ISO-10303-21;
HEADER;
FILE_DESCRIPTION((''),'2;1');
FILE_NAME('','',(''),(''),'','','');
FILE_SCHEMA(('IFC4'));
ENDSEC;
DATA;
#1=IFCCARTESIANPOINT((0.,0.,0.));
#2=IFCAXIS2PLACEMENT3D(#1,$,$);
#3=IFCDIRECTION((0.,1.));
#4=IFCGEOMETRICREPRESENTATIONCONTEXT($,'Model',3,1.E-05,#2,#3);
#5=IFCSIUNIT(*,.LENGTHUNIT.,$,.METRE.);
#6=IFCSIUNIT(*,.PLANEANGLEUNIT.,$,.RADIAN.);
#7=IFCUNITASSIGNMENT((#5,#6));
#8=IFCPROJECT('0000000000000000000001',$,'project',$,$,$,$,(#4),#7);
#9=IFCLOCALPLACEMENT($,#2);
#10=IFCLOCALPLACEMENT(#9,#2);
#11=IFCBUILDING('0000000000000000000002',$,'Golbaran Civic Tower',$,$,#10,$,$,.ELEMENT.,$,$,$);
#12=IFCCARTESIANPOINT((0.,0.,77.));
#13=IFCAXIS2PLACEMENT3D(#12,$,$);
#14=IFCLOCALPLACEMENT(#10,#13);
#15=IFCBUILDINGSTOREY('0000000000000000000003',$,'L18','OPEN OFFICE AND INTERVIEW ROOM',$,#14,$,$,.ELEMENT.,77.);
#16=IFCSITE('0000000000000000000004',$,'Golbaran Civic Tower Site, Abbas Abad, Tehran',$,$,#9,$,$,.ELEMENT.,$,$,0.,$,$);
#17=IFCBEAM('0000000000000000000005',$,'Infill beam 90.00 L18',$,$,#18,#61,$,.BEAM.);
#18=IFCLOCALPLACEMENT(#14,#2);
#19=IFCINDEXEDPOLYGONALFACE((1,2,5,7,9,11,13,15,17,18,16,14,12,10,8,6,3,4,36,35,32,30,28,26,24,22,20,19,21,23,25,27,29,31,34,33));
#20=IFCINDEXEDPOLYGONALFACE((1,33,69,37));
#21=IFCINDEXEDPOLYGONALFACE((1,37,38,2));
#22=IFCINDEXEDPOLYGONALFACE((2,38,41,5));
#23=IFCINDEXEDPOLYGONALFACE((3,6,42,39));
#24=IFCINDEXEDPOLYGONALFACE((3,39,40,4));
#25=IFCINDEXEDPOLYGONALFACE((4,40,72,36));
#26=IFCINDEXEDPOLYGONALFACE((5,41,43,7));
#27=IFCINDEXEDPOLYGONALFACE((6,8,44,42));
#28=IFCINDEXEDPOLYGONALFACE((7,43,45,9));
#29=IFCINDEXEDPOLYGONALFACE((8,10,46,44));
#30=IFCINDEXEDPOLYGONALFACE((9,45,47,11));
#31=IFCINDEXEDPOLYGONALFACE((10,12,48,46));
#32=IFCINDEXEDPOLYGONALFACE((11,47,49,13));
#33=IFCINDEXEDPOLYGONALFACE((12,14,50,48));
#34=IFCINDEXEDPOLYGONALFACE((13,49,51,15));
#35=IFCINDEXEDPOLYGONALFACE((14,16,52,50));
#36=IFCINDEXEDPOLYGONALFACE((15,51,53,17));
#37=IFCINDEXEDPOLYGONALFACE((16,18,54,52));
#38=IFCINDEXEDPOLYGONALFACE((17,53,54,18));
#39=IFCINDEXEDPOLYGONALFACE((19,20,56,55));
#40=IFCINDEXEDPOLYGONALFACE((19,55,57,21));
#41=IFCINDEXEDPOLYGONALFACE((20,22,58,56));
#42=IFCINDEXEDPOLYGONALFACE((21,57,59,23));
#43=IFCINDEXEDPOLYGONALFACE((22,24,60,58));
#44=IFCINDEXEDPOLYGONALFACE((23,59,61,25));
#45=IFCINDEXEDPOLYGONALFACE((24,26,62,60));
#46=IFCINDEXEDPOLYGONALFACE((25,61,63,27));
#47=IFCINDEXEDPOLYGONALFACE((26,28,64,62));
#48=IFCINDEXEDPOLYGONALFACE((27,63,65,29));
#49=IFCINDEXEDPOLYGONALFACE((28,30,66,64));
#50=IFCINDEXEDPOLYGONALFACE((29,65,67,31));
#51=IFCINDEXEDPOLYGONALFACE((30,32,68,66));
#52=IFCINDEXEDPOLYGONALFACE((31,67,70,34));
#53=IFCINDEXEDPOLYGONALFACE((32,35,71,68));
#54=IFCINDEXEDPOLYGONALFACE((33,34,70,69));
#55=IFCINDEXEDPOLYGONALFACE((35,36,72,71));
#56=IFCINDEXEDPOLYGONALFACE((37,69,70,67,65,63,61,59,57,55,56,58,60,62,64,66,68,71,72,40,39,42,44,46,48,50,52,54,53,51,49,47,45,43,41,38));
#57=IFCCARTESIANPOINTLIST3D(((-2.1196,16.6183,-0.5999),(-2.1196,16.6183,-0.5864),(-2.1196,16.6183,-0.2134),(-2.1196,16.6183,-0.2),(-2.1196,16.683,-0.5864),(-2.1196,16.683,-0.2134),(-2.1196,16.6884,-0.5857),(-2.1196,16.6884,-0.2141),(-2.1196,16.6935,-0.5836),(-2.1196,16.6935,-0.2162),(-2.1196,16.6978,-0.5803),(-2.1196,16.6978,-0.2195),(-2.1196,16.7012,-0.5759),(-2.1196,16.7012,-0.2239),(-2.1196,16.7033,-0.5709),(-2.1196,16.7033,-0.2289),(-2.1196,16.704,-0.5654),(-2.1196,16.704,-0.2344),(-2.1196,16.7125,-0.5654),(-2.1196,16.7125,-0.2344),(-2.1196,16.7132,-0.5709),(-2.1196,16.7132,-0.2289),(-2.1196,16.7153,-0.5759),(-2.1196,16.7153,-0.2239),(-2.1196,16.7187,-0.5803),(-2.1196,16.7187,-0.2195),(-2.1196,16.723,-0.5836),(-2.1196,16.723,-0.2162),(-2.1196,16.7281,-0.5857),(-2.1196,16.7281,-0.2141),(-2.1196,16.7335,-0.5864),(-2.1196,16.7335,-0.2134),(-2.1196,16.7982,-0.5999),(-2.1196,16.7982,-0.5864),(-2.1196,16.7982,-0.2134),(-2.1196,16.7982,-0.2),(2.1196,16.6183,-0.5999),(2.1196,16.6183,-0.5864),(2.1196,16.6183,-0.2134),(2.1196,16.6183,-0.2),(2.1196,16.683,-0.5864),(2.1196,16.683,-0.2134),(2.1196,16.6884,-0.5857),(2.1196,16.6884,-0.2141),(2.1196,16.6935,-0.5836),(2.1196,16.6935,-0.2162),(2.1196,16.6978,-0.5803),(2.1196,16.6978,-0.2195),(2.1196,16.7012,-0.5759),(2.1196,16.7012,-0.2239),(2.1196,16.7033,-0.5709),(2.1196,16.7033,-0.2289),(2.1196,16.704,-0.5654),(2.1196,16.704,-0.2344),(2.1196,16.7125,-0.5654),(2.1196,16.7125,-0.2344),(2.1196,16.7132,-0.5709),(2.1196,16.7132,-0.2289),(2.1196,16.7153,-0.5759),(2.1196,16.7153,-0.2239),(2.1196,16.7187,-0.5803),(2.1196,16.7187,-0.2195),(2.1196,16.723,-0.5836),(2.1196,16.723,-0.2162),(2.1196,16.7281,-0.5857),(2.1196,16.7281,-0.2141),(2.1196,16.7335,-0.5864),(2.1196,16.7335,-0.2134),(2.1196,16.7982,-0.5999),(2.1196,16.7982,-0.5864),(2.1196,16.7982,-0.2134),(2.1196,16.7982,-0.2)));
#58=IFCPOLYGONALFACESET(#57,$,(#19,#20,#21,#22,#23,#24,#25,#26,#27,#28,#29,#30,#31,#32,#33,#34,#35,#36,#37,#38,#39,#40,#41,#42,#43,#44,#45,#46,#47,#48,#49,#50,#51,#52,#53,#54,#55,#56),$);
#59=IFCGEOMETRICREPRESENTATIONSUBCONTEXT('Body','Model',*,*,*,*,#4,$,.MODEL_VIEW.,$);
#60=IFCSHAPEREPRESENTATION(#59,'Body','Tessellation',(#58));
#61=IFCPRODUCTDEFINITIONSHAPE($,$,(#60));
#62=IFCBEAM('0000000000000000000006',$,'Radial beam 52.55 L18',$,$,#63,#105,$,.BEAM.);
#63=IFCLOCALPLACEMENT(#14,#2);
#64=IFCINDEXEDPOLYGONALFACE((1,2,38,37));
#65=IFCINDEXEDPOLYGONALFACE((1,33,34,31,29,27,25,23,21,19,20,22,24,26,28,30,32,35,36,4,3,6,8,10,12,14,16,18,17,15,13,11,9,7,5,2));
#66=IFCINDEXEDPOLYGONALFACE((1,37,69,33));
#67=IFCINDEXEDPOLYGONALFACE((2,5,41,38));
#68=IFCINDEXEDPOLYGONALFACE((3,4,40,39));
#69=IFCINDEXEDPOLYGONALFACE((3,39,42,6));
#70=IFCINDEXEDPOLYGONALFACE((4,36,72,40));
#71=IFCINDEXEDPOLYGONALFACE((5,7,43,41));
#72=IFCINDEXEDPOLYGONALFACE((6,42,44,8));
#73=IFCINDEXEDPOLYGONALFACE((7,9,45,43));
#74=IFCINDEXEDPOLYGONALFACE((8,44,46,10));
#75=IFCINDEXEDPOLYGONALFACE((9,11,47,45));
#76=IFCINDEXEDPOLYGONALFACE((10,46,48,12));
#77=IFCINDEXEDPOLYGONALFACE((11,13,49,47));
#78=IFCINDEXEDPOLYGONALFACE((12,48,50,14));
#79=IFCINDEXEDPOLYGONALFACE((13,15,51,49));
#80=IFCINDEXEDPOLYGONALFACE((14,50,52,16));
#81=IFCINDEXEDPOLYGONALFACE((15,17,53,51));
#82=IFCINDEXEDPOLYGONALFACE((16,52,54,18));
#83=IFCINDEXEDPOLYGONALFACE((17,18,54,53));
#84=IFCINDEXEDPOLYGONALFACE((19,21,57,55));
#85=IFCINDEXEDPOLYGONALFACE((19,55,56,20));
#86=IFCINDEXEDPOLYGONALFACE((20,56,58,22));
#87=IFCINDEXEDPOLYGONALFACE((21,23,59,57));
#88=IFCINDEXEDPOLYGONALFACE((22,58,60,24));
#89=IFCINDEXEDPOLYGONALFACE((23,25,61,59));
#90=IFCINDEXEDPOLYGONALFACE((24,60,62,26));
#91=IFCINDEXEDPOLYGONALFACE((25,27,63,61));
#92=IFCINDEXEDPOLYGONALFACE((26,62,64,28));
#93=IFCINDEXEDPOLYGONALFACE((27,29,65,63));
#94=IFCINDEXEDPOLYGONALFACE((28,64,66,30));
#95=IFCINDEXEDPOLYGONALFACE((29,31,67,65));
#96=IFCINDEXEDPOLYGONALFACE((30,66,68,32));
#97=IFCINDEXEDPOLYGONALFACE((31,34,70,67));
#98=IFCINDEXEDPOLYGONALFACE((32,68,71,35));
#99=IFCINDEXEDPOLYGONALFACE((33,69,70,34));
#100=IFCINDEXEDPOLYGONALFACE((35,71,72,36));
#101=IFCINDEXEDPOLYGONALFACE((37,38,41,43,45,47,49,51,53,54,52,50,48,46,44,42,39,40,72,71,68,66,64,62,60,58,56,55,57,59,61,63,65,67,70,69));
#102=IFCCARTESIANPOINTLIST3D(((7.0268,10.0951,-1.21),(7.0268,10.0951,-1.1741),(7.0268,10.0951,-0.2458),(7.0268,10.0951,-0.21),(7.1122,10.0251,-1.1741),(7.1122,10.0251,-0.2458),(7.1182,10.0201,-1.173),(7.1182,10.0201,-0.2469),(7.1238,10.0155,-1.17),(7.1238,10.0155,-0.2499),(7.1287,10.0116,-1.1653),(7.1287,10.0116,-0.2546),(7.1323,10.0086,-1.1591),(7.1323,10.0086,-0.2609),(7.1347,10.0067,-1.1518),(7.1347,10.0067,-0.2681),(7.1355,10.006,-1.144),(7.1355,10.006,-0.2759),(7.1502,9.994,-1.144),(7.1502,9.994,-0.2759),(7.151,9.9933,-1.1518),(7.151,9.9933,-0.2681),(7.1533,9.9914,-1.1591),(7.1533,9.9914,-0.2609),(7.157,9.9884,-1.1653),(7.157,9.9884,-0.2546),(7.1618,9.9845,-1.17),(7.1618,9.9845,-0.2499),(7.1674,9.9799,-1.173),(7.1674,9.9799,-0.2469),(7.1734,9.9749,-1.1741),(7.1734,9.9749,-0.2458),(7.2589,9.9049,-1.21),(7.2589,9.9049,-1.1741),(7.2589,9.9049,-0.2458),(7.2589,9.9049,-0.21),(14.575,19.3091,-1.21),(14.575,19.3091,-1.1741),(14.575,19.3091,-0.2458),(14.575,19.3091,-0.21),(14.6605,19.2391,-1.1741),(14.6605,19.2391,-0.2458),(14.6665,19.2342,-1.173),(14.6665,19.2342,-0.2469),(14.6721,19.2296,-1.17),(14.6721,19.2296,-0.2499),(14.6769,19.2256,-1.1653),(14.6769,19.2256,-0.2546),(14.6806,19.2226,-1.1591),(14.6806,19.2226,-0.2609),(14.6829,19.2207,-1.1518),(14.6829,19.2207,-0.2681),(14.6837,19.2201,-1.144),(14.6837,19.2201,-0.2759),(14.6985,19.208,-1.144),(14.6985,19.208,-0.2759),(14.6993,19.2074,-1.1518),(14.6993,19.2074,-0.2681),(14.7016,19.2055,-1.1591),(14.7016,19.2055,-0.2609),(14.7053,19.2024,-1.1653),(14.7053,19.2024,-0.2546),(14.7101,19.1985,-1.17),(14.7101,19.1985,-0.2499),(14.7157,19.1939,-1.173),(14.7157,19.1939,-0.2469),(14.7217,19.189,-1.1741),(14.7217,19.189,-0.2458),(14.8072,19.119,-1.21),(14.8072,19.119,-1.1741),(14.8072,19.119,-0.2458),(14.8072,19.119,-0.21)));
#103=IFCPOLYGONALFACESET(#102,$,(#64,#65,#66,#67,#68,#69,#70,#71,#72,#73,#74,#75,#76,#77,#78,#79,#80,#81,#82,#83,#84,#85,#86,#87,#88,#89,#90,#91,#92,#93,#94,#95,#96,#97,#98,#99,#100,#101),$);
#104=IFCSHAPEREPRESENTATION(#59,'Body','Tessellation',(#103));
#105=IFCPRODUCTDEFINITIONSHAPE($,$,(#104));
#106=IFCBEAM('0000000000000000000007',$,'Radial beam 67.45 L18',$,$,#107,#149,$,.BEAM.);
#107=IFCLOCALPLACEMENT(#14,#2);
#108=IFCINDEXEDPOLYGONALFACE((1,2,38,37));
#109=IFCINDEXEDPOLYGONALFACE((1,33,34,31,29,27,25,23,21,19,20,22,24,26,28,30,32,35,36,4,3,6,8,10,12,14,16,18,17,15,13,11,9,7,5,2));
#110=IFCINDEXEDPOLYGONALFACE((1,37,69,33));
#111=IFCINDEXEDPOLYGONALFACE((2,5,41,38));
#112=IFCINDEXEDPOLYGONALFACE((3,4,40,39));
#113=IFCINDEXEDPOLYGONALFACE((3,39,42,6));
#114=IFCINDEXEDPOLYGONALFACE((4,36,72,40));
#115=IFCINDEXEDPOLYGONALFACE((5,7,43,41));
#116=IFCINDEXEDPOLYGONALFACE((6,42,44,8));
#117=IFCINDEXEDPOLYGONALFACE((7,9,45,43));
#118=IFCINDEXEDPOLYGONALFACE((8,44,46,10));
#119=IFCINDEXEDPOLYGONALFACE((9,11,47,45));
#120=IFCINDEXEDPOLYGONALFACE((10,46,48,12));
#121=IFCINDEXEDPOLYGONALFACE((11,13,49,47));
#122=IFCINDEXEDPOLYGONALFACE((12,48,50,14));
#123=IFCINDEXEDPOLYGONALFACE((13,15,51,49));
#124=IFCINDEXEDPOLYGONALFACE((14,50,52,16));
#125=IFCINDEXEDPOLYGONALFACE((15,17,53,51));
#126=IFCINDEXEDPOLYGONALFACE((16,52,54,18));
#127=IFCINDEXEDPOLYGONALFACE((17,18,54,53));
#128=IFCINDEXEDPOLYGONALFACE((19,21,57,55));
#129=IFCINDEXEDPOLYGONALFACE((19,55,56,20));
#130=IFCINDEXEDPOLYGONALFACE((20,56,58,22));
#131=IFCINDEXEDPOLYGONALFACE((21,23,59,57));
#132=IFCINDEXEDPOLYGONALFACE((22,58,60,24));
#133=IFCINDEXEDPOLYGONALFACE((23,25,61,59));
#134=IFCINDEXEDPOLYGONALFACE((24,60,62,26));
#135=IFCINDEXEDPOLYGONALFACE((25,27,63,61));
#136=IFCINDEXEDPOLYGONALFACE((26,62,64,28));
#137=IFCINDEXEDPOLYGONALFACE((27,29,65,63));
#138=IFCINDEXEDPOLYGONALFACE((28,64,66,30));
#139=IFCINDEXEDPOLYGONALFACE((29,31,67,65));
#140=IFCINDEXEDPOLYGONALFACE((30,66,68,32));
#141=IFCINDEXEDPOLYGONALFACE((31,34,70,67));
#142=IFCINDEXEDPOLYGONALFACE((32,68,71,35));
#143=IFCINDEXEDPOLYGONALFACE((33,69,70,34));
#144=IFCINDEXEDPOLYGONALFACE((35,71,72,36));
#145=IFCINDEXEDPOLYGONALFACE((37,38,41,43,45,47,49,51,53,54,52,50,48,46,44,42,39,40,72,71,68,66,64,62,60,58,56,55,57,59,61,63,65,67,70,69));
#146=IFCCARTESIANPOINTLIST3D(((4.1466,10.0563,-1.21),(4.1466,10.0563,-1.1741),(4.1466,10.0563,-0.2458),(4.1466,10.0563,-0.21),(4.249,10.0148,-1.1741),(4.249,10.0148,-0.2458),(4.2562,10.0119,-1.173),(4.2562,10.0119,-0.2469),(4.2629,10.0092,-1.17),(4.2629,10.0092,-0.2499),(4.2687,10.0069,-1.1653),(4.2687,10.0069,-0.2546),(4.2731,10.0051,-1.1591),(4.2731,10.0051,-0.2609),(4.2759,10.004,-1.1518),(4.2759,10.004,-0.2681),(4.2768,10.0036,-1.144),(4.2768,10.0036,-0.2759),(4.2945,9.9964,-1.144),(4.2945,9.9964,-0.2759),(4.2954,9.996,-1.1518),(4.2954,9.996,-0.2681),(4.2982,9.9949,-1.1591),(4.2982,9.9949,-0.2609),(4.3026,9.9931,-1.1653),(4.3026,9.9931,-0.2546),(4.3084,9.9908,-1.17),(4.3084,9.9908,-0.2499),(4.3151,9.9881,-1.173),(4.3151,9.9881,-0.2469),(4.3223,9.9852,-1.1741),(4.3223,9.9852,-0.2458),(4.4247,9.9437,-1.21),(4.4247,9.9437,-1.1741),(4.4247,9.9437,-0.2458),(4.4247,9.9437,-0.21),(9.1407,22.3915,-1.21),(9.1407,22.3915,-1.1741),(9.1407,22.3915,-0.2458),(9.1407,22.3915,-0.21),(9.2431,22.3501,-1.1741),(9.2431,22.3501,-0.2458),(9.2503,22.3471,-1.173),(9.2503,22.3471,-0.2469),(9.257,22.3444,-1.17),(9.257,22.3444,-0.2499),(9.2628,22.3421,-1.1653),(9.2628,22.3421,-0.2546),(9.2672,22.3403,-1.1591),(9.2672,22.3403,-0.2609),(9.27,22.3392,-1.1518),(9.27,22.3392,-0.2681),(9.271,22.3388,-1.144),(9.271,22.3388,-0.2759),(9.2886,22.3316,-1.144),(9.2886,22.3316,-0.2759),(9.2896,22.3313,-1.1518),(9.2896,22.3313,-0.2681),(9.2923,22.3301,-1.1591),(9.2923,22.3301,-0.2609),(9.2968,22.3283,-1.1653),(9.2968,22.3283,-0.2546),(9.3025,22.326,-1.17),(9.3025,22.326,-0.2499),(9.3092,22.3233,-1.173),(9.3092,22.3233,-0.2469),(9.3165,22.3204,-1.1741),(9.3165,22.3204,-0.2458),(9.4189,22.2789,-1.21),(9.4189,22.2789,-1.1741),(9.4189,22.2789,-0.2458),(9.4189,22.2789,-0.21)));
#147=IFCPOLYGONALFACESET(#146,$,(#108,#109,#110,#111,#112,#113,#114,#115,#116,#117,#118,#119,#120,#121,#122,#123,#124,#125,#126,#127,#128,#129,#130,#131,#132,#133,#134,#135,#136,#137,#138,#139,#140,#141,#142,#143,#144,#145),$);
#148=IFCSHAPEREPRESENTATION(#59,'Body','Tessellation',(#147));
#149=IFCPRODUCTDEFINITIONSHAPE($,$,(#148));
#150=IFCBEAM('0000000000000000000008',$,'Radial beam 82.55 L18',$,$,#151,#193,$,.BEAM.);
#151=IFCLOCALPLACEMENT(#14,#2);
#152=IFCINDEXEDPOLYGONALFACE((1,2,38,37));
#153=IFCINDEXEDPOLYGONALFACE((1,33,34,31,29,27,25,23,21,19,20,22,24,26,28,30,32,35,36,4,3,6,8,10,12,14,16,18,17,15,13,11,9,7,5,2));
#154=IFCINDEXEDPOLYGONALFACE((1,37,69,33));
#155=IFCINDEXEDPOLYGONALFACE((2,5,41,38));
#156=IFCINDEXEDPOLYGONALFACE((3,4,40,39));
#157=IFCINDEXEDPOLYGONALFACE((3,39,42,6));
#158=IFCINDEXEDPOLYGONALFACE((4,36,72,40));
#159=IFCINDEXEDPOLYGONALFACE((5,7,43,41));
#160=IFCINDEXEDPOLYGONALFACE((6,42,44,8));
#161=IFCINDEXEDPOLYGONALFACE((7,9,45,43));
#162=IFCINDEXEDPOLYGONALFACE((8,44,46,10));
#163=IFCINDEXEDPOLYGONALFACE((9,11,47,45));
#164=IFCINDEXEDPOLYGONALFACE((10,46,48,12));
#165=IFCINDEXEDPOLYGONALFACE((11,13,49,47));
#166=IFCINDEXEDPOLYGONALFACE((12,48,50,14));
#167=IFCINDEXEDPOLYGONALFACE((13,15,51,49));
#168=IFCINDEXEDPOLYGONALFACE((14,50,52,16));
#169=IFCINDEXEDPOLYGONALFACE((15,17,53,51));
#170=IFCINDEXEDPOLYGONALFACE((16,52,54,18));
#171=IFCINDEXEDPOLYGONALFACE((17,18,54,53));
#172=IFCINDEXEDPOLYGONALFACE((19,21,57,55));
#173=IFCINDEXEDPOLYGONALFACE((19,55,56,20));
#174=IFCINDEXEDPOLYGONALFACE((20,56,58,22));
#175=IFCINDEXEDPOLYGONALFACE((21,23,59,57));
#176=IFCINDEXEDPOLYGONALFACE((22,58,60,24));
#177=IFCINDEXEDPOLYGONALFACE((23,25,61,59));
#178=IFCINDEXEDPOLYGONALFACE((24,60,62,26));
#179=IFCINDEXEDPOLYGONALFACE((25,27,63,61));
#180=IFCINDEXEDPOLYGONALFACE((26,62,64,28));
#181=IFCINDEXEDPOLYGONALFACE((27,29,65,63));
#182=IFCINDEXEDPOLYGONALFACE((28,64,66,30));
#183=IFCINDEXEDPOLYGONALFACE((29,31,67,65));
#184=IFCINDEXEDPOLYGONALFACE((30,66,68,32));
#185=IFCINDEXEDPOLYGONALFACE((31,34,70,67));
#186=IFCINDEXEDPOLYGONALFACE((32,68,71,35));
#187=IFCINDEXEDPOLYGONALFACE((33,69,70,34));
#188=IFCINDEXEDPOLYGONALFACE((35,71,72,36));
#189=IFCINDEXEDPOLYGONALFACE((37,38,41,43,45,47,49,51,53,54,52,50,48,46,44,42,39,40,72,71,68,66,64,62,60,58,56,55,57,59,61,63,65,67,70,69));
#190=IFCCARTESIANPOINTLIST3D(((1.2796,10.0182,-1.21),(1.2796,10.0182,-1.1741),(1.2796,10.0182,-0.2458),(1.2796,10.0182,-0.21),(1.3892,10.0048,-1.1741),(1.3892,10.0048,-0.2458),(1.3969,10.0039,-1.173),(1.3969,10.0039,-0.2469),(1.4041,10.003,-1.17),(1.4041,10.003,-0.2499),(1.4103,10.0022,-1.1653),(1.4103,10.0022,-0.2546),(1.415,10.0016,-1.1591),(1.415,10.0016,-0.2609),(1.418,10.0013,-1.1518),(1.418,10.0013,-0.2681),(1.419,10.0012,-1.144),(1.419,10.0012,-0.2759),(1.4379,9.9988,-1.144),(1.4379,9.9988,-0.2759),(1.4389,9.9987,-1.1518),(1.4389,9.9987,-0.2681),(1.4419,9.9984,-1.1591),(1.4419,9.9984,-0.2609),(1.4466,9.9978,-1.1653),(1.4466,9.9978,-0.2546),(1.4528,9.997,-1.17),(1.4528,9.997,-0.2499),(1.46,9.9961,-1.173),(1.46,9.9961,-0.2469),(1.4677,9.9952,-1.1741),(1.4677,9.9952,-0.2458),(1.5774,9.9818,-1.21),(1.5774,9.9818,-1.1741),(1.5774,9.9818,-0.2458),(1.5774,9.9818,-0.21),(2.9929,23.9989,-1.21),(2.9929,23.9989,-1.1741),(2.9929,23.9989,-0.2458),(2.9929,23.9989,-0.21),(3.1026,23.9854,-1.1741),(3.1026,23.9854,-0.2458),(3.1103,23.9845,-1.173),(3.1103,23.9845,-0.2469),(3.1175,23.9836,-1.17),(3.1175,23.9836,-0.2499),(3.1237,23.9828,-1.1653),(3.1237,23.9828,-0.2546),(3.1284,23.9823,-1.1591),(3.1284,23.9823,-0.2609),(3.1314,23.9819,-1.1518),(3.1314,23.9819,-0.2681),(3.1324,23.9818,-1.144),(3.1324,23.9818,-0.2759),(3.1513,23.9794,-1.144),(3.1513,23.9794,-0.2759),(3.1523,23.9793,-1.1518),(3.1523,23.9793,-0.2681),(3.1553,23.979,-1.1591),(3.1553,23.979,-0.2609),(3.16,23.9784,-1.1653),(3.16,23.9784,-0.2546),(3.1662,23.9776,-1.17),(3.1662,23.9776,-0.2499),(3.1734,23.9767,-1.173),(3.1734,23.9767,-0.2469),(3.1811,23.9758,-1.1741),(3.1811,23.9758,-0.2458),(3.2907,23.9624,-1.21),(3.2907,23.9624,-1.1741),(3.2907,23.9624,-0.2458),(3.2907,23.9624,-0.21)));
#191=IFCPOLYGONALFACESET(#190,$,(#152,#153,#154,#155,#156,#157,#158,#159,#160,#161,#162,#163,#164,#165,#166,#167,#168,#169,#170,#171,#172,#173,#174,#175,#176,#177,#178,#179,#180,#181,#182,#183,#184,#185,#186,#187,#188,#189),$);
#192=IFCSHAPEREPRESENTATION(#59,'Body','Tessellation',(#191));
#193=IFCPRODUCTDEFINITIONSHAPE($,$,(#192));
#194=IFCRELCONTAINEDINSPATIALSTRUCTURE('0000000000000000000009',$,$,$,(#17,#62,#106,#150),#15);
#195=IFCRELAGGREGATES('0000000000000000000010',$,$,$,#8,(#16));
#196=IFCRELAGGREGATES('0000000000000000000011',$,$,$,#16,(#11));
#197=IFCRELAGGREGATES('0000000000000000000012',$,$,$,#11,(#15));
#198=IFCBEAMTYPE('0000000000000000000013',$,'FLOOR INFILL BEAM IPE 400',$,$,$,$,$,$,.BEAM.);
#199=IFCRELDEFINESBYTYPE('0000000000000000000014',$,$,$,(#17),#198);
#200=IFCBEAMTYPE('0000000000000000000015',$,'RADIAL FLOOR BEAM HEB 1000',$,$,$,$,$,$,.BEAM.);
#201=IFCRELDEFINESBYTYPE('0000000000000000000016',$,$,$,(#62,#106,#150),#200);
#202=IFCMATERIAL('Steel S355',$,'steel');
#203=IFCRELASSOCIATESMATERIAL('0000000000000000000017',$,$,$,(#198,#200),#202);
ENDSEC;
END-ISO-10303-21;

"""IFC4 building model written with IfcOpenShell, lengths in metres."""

from ifc_helpers import new_model, si_unit, direction, frame, origin, origin_2d, place, context, subcontext, project, spatial, i_section, extrude, material, material_profile, profile_set, type_object, element, save


model = new_model("IFC4")

# Units and contexts
model_context = context("Model", 3, precision=1e-05, world=origin(), true_north=direction((0.0, 1.0)))
body_context = subcontext(model_context, "Body", "Model", "MODEL_VIEW")
ifc_project = project(units=[si_unit("LENGTHUNIT", "METRE"), si_unit("PLANEANGLEUNIT", "RADIAN")], contexts=[model_context])

# Site, building, storey
site_placement = place(None, origin())
site = spatial("IfcSite", under=ifc_project, at=site_placement, Name="Golbaran Civic Tower Site, Abbas Abad, Tehran", CompositionType="ELEMENT", RefElevation=0.0)
building_placement = place(site_placement, origin())
building = spatial("IfcBuilding", under=site, at=building_placement, Name="Golbaran Civic Tower", CompositionType="ELEMENT")
storey_placement = place(building_placement, frame((0.0, 0.0, 77.0)))
storey = spatial("IfcBuildingStorey", under=building, at=storey_placement, Name="L18", Description="OPEN OFFICE AND INTERVIEW ROOM", CompositionType="ELEMENT", Elevation=77.0)

# Beams
ifc_material_1 = material(Name="Steel S355", Category="steel")
ifc_material_profile_1 = material_profile(ifc_material_1, i_section(OverallWidth=0.1799, OverallDepth=0.3999, WebThickness=0.0085, FlangeThickness=0.0134, FilletRadius=0.021, at=origin_2d()), Name="IPE 400")
ifc_profile_set_1 = profile_set([ifc_material_profile_1], Name="Steel S355")
beam_type_1 = type_object("IfcBeamType", Name="FLOOR INFILL BEAM IPE 400", PredefinedType="BEAM", material=ifc_profile_set_1)
beam_1_placement = place(storey_placement, frame((2.1196, 16.7083, -0.3999), z_axis=(-1.0, 0.0, 0.0), x_axis=(0.0, -1.0, 0.0)))
element("IfcBeam", 1, at=beam_1_placement, inside=storey, type_object=beam_type_1, Name="Infill beam 90.00 L18", PredefinedType="BEAM", context=body_context, shape_type="SweptSolid", body=[
    extrude(i_section(OverallWidth=0.1799, OverallDepth=0.3999, WebThickness=0.0085, FlangeThickness=0.0134, FilletRadius=0.021, at=origin_2d()), origin(), (0.0, 0.0, 1.0), 4.2393),
])
ifc_material_profile_2 = material_profile(ifc_material_1, i_section(OverallWidth=0.3, OverallDepth=1.0, WebThickness=0.019, FlangeThickness=0.0359, FilletRadius=0.03, at=origin_2d()), Name="HEB 1000")
ifc_profile_set_2 = profile_set([ifc_material_profile_2], Name="Steel S355")
beam_type_2 = type_object("IfcBeamType", Name="RADIAL FLOOR BEAM HEB 1000", PredefinedType="BEAM", material=ifc_profile_set_2)
beam_2_placement = place(storey_placement, frame((7.1428, 10.0, -0.71), z_axis=(0.633717, 0.773565, 0.0), x_axis=(-0.773565, 0.633717, 0.0)))
element("IfcBeam", 2, at=beam_2_placement, inside=storey, type_object=beam_type_2, Name="Radial beam 52.55 L18", PredefinedType="BEAM", context=body_context, shape_type="SweptSolid", body=[
    extrude(i_section(OverallWidth=0.3, OverallDepth=1.0, WebThickness=0.019, FlangeThickness=0.0359, FilletRadius=0.03, at=origin_2d()), origin(), (0.0, 0.0, 1.0), 11.9111),
])
beam_3_placement = place(storey_placement, frame((4.2856, 10.0, -0.71), z_axis=(0.375278, 0.926912, 0.0), x_axis=(-0.926912, 0.375278, 0.0)))
element("IfcBeam", 3, at=beam_3_placement, inside=storey, type_object=beam_type_2, Name="Radial beam 67.45 L18", PredefinedType="BEAM", context=body_context, shape_type="SweptSolid", body=[
    extrude(i_section(OverallWidth=0.3, OverallDepth=1.0, WebThickness=0.019, FlangeThickness=0.0359, FilletRadius=0.03, at=origin_2d()), origin(), (0.0, 0.0, 1.0), 13.3079),
])
beam_4_placement = place(storey_placement, frame((1.4285, 10.0, -0.71), z_axis=(0.121643, 0.992574, 0.0), x_axis=(-0.992574, 0.121643, 0.0)))
element("IfcBeam", 4, at=beam_4_placement, inside=storey, type_object=beam_type_2, Name="Radial beam 82.55 L18", PredefinedType="BEAM", context=body_context, shape_type="SweptSolid", body=[
    extrude(i_section(OverallWidth=0.3, OverallDepth=1.0, WebThickness=0.019, FlangeThickness=0.0359, FilletRadius=0.03, at=origin_2d()), origin(), (0.0, 0.0, 1.0), 14.0852),
])

save(model, "model.ifc")
